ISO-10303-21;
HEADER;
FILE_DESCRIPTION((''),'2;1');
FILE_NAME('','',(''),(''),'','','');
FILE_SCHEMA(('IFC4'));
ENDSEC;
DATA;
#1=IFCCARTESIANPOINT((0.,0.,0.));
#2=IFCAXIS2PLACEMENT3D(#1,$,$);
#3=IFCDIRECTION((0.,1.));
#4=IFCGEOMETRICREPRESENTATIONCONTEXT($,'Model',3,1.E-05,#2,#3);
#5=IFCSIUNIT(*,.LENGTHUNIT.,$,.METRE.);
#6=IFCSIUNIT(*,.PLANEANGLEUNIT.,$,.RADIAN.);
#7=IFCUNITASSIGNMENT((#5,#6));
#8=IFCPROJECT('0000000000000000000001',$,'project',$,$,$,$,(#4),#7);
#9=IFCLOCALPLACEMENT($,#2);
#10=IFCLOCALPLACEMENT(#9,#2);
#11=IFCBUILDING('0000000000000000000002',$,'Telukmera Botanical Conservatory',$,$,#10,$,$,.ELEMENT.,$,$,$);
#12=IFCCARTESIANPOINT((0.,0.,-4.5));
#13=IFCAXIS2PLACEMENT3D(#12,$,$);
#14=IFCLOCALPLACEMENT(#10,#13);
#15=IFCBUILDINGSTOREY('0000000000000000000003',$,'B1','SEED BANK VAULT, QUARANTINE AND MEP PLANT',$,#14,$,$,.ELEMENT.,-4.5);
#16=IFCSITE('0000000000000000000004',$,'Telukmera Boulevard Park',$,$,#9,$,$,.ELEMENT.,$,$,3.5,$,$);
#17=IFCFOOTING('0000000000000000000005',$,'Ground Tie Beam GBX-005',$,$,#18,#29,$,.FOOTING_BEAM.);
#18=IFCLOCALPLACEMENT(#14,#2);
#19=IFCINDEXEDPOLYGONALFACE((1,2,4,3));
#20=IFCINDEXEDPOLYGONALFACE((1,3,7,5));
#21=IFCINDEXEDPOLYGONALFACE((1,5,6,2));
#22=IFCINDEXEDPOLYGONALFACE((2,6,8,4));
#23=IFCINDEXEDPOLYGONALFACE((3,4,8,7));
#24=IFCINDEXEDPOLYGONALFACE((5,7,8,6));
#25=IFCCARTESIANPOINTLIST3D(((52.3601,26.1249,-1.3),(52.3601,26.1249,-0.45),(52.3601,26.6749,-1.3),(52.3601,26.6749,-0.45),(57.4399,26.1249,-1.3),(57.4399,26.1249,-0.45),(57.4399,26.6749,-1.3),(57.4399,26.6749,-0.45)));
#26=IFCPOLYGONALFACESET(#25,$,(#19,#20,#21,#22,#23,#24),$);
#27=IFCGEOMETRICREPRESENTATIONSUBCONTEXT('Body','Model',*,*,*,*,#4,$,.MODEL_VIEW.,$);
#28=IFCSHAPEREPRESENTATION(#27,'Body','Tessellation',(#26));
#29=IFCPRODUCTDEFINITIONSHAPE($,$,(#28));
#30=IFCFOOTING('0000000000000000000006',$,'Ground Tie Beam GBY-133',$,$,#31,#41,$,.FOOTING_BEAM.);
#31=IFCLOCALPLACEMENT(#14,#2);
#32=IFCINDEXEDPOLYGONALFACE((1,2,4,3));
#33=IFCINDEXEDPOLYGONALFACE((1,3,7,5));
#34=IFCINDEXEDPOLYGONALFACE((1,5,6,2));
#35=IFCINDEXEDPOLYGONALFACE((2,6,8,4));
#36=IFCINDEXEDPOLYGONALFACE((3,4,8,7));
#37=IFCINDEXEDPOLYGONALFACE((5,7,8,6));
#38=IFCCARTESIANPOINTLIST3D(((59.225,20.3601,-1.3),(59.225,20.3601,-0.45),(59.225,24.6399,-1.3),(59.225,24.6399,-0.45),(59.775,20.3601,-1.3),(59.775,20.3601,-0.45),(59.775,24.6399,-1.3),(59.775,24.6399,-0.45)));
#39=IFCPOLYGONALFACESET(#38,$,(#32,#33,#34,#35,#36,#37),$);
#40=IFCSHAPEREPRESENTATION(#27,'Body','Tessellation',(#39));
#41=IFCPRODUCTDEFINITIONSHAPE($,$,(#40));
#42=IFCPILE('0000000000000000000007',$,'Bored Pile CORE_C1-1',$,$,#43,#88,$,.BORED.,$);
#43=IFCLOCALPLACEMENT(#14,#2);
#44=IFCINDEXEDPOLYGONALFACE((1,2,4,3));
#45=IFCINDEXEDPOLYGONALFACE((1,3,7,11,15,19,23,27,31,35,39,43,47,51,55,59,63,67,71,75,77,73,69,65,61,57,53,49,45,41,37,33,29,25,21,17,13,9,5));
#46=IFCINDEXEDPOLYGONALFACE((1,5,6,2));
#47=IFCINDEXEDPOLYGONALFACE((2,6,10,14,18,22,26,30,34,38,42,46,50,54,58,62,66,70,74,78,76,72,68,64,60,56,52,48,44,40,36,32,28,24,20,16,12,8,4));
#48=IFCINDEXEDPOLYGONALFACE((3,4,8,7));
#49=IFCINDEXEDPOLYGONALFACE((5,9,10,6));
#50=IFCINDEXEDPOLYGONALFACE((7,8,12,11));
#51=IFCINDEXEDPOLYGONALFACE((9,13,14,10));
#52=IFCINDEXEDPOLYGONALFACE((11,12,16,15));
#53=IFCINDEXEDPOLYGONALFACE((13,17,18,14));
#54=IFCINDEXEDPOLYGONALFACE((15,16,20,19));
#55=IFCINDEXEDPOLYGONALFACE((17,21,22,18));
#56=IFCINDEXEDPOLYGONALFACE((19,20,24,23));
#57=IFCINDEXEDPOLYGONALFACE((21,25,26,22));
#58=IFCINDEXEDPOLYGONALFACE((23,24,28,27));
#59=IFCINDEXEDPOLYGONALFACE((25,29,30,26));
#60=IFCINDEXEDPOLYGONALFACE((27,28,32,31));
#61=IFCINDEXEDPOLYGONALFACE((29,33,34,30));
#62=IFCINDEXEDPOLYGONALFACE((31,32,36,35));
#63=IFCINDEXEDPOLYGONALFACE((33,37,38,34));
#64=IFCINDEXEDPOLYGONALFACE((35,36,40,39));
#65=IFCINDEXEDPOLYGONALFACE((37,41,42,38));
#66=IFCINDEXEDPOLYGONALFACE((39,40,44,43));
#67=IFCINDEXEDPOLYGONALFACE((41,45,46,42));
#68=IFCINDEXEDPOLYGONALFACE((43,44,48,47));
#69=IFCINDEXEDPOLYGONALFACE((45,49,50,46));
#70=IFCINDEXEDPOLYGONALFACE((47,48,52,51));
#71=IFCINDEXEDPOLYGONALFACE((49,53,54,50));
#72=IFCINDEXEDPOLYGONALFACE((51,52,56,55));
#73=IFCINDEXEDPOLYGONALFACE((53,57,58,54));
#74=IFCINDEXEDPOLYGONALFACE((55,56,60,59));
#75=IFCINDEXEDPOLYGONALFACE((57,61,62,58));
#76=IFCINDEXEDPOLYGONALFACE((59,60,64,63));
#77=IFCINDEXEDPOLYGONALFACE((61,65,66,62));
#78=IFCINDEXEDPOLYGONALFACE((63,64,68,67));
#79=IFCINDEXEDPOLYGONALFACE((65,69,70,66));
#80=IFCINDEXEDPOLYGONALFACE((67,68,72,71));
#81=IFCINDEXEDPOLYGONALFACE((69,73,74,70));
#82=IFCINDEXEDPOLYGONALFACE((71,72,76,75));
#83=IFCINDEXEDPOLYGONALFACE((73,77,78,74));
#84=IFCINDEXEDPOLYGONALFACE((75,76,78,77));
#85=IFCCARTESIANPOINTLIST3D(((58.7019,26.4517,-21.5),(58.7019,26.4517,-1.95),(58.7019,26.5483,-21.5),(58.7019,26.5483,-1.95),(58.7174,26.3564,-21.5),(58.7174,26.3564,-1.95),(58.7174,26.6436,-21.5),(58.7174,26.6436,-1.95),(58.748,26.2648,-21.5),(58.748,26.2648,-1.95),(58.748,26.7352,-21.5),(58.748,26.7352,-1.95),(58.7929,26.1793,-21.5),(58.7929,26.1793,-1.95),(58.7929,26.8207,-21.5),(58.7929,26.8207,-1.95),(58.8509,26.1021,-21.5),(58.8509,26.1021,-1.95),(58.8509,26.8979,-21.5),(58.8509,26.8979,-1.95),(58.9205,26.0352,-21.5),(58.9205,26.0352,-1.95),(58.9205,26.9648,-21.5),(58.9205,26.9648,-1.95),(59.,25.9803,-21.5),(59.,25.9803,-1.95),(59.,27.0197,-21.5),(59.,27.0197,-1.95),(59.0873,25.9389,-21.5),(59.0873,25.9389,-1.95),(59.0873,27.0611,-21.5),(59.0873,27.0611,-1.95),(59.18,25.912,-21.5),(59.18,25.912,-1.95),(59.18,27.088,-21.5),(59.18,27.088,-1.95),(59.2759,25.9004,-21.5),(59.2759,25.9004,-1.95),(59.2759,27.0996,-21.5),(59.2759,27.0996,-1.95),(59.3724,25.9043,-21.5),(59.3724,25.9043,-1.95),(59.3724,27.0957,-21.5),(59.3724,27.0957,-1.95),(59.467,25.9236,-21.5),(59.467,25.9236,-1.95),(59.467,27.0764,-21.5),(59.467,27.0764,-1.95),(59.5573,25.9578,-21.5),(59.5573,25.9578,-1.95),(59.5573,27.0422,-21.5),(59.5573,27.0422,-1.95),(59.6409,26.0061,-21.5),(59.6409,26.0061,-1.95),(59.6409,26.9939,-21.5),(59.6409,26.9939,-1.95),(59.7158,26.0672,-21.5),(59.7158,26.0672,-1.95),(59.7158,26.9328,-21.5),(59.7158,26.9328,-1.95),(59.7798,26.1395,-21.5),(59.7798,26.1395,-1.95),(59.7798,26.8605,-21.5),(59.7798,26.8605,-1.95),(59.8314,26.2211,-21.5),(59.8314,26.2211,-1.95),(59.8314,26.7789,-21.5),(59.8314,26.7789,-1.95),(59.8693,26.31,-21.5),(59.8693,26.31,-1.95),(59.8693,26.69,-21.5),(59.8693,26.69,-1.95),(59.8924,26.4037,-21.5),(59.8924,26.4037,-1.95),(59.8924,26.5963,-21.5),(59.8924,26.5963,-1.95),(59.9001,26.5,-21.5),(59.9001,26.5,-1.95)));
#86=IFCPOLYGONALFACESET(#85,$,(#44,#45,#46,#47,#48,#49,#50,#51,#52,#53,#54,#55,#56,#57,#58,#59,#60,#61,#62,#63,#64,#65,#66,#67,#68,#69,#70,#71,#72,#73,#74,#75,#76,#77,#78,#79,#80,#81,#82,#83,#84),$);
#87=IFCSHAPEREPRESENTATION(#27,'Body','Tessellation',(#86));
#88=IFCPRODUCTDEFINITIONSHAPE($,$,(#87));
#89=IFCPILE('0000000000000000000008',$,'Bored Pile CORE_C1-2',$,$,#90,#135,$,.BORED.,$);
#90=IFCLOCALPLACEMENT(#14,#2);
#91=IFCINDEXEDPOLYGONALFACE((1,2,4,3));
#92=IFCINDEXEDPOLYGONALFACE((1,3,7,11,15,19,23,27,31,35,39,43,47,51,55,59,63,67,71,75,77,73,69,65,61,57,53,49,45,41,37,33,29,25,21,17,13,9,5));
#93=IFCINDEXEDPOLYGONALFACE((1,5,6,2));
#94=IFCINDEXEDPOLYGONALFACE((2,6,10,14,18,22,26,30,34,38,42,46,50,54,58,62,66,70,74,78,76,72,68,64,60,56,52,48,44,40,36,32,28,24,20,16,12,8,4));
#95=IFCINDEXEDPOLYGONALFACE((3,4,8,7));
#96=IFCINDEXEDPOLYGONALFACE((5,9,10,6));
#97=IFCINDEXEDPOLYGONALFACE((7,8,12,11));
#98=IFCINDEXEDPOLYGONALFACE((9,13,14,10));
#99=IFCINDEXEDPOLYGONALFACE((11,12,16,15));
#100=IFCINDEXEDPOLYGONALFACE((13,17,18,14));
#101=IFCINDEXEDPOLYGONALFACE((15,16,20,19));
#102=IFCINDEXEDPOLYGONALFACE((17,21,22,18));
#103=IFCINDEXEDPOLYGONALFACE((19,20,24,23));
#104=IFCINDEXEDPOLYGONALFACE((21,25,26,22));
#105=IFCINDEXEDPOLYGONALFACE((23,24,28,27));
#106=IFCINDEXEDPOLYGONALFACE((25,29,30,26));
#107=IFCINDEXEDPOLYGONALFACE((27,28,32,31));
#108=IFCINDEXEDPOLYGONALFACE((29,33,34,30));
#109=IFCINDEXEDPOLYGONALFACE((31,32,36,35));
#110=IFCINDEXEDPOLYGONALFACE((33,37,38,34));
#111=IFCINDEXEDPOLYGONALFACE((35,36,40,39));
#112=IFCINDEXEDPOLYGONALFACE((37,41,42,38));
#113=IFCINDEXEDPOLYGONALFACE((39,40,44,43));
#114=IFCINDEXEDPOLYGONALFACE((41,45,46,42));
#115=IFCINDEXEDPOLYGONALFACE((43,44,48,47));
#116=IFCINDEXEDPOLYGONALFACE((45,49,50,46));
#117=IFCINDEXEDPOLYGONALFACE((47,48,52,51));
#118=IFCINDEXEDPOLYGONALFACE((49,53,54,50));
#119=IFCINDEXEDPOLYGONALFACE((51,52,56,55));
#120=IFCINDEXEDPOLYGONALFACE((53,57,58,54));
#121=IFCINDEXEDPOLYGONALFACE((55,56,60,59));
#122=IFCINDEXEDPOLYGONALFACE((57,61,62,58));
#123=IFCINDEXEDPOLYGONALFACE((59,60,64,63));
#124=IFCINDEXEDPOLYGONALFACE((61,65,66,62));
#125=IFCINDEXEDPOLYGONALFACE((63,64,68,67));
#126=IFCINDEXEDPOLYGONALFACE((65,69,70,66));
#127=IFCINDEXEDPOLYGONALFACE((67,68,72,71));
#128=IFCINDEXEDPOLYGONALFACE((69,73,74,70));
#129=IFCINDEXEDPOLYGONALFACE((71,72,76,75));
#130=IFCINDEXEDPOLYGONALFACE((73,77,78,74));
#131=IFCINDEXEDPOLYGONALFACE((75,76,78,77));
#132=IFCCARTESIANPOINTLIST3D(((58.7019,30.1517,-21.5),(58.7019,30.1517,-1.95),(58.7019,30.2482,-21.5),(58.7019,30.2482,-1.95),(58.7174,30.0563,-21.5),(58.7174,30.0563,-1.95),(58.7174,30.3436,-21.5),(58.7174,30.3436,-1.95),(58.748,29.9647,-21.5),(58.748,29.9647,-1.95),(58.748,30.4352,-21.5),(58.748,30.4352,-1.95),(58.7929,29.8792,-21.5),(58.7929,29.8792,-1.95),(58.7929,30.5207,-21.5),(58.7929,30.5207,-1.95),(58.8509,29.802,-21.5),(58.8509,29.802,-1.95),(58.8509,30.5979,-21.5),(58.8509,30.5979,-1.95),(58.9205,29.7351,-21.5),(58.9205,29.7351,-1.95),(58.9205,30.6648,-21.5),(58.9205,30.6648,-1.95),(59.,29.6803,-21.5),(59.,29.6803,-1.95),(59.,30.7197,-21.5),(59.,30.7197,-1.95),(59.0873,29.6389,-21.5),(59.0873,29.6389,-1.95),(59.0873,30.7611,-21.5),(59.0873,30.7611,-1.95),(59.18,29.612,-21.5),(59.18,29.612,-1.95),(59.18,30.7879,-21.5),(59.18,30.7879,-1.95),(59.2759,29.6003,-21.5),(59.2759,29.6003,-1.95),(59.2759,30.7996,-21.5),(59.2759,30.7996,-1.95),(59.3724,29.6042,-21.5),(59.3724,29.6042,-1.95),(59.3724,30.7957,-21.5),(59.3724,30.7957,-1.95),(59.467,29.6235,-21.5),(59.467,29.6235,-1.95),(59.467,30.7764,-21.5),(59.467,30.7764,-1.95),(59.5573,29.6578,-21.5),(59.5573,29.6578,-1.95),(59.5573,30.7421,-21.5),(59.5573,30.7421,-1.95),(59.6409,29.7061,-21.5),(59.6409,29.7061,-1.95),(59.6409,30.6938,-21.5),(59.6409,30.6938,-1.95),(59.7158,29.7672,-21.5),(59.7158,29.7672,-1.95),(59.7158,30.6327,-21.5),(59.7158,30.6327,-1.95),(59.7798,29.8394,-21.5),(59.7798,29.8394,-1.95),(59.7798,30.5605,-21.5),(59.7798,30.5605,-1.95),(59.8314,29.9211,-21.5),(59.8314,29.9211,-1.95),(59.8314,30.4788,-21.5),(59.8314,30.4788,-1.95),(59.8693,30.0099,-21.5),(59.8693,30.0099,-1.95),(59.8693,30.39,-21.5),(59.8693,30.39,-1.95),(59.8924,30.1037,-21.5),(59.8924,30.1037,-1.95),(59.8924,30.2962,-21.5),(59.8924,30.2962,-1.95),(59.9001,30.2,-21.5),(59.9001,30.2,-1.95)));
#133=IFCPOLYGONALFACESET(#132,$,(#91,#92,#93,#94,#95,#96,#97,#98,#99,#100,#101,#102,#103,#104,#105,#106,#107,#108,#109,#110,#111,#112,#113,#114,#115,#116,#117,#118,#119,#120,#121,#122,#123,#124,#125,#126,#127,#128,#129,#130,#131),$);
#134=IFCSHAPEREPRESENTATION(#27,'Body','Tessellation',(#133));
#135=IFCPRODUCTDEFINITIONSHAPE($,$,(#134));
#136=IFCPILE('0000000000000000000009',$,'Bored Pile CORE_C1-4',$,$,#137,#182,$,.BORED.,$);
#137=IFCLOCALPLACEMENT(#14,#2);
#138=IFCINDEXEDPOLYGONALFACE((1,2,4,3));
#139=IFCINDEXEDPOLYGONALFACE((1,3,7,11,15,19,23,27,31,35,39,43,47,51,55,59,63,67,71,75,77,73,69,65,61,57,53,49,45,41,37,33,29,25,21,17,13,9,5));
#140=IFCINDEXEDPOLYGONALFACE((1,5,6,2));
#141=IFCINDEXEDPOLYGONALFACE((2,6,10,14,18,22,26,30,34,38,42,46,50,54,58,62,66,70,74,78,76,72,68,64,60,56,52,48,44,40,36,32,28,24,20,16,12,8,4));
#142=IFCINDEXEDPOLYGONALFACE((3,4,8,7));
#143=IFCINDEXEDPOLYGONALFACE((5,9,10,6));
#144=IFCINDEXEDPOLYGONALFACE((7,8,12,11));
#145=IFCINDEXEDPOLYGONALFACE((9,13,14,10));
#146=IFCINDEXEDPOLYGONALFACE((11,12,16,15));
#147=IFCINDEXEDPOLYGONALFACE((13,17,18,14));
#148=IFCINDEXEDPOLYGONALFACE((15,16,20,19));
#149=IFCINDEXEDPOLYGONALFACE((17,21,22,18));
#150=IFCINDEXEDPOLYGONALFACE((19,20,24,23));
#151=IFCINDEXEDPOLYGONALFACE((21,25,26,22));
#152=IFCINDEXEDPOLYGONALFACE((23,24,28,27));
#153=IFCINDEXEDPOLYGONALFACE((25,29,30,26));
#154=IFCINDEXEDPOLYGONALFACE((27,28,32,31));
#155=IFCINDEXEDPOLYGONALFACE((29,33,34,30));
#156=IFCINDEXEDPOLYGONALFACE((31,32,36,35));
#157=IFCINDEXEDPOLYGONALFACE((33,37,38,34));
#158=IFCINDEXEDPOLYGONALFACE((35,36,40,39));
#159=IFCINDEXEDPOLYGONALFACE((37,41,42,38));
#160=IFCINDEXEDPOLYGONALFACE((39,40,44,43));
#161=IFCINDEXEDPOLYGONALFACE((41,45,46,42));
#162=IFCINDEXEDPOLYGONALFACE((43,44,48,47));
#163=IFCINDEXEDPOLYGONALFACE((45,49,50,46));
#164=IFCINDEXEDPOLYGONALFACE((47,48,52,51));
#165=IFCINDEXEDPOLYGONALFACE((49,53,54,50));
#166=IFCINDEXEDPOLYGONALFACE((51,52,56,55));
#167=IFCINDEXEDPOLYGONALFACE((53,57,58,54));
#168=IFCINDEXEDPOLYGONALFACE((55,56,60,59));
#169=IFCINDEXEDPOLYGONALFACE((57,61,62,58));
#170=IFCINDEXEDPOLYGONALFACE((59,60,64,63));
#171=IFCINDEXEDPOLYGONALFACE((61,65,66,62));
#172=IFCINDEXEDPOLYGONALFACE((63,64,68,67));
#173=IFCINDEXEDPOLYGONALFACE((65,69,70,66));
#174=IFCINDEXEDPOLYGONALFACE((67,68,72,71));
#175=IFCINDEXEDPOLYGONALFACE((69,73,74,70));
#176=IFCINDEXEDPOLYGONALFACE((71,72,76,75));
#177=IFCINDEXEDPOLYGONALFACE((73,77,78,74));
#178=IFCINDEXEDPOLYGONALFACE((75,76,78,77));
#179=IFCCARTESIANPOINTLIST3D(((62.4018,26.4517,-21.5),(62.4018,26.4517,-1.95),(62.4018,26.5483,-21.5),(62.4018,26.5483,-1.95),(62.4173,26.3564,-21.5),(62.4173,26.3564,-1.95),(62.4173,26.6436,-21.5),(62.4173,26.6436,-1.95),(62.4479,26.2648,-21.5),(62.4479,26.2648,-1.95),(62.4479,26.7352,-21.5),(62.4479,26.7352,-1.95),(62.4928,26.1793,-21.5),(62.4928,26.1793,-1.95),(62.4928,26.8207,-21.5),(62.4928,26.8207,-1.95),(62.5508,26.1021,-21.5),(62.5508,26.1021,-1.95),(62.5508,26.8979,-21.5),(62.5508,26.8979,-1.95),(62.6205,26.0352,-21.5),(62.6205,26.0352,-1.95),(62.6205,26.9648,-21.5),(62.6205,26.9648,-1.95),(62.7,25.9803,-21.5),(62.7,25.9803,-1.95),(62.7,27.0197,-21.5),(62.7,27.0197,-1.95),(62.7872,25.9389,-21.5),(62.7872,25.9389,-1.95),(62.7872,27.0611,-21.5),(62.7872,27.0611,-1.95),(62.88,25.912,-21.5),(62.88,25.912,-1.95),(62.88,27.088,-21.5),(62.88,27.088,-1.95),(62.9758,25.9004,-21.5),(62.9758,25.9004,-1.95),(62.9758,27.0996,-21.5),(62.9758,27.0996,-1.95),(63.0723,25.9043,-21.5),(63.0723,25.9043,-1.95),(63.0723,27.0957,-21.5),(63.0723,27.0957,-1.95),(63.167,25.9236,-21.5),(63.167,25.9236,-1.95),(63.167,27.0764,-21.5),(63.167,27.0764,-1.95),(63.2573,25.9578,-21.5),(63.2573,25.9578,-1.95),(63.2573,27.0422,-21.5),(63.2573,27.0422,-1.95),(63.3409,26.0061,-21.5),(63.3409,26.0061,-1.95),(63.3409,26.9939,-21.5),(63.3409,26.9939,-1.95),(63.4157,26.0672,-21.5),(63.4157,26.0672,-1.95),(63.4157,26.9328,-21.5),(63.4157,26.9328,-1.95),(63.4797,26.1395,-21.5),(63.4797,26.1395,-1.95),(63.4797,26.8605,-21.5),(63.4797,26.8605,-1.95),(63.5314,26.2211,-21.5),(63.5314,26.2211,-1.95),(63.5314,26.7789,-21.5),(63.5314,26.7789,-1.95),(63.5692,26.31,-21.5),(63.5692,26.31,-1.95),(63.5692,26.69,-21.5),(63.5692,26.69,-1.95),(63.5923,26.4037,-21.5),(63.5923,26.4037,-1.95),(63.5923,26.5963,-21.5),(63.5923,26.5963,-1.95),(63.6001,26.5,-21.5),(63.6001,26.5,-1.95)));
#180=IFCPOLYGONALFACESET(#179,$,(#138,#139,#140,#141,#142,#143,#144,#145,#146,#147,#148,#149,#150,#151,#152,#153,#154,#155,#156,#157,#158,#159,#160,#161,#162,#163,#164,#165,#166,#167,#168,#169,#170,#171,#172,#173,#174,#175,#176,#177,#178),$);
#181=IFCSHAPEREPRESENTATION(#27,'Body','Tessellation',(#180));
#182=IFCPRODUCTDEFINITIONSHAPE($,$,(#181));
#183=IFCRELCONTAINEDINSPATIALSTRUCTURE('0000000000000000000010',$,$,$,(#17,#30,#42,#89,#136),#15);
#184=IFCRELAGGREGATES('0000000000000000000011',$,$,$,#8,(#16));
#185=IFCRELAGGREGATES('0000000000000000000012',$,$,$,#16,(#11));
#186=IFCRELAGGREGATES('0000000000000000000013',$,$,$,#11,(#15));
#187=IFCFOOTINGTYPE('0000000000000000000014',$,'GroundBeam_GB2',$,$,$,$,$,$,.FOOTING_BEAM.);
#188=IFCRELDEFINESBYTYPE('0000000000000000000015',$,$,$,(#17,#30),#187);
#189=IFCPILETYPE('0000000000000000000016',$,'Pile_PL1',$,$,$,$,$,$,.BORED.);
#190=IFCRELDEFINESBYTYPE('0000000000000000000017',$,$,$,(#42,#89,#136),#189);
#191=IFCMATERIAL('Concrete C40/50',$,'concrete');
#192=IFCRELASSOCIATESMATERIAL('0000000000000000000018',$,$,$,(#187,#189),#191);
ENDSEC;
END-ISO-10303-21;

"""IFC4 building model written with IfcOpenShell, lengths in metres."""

from ifc_helpers import new_model, si_unit, direction, frame, origin, origin_2d, place, context, subcontext, project, spatial, rectangle, circle, extrude, material, material_profile, profile_set, type_object, element, save


model = new_model("IFC4")

# Units and contexts
model_context = context("Model", 3, precision=1e-05, world=origin(), true_north=direction((0.0, 1.0)))
body_context = subcontext(model_context, "Body", "Model", "MODEL_VIEW")
ifc_project = project(units=[si_unit("LENGTHUNIT", "METRE"), si_unit("PLANEANGLEUNIT", "RADIAN")], contexts=[model_context])

# Site, building, storey
site_placement = place(None, origin())
site = spatial("IfcSite", under=ifc_project, at=site_placement, Name="Telukmera Boulevard Park", CompositionType="ELEMENT", RefElevation=3.5)
building_placement = place(site_placement, origin())
building = spatial("IfcBuilding", under=site, at=building_placement, Name="Telukmera Botanical Conservatory", CompositionType="ELEMENT")
storey_placement = place(building_placement, frame((0.0, 0.0, -4.5)))
storey = spatial("IfcBuildingStorey", under=building, at=storey_placement, Name="B1", Description="SEED BANK VAULT, QUARANTINE AND MEP PLANT", CompositionType="ELEMENT", Elevation=-4.5)

# Footings
ifc_material_1 = material(Name="Concrete C40/50", Category="concrete")
ifc_material_profile_1 = material_profile(ifc_material_1, rectangle(XDim=0.55, YDim=0.8501, at=origin_2d()), Name="RC 550x850")
ifc_profile_set_1 = profile_set([ifc_material_profile_1], Name="Concrete C40/50")
footing_type = type_object("IfcFootingType", Name="GroundBeam_GB2", PredefinedType="FOOTING_BEAM", material=ifc_profile_set_1)
footing_1_placement = place(storey_placement, frame((52.3601, 26.3999, -0.875), z_axis=(1.0, 0.0, 0.0), x_axis=(0.0, 1.0, 0.0)))
element("IfcFooting", 1, at=footing_1_placement, inside=storey, type_object=footing_type, Name="Ground Tie Beam GBX-005", PredefinedType="FOOTING_BEAM", context=body_context, shape_type="SweptSolid", body=[
    extrude(rectangle(XDim=0.55, YDim=0.8501, at=origin_2d()), origin(), (0.0, 0.0, 1.0), 5.0798),
])
footing_2_placement = place(storey_placement, frame((59.5, 20.3601, -0.875), z_axis=(0.0, 1.0, 0.0), x_axis=(-1.0, 0.0, 0.0)))
element("IfcFooting", 2, at=footing_2_placement, inside=storey, type_object=footing_type, Name="Ground Tie Beam GBY-133", PredefinedType="FOOTING_BEAM", context=body_context, shape_type="SweptSolid", body=[
    extrude(rectangle(XDim=0.55, YDim=0.8501, at=origin_2d()), origin(), (0.0, 0.0, 1.0), 4.2798),
])

# Piles
ifc_material_profile_2 = material_profile(ifc_material_1, circle(Radius=0.6001, at=origin_2d()), Name="PILE D1200")
ifc_profile_set_2 = profile_set([ifc_material_profile_2], Name="Concrete C40/50")
pile_type_1 = type_object("IfcPileType", Name="Pile_PL1", PredefinedType="BORED", material=ifc_profile_set_2)
for number, where, z_axis, x_axis, name in (
    (3, (59.3, 26.5, -1.95), (0.0, 0.0, -1.0), (1.0, 0.0, 0.0), "Bored Pile CORE_C1-1"),
    (4, (59.3, 30.2, -1.95), (0.0, 0.0, -1.0), (1.0, 0.0, 0.0), "Bored Pile CORE_C1-2"),
    (5, (63.0, 26.5, -1.95), (0.0, 0.0, -1.0), (1.0, 0.0, 0.0), "Bored Pile CORE_C1-4"),
):
    element("IfcPile", number, at=place(storey_placement, frame(where, z_axis=z_axis, x_axis=x_axis)), inside=storey, type_object=pile_type_1, Name=name, PredefinedType="BORED", context=body_context, shape_type="SweptSolid", body=[
        extrude(circle(Radius=0.6001, at=origin_2d()), origin(), (0.0, 0.0, 1.0), 19.55),
    ])

save(model, "model.ifc")
